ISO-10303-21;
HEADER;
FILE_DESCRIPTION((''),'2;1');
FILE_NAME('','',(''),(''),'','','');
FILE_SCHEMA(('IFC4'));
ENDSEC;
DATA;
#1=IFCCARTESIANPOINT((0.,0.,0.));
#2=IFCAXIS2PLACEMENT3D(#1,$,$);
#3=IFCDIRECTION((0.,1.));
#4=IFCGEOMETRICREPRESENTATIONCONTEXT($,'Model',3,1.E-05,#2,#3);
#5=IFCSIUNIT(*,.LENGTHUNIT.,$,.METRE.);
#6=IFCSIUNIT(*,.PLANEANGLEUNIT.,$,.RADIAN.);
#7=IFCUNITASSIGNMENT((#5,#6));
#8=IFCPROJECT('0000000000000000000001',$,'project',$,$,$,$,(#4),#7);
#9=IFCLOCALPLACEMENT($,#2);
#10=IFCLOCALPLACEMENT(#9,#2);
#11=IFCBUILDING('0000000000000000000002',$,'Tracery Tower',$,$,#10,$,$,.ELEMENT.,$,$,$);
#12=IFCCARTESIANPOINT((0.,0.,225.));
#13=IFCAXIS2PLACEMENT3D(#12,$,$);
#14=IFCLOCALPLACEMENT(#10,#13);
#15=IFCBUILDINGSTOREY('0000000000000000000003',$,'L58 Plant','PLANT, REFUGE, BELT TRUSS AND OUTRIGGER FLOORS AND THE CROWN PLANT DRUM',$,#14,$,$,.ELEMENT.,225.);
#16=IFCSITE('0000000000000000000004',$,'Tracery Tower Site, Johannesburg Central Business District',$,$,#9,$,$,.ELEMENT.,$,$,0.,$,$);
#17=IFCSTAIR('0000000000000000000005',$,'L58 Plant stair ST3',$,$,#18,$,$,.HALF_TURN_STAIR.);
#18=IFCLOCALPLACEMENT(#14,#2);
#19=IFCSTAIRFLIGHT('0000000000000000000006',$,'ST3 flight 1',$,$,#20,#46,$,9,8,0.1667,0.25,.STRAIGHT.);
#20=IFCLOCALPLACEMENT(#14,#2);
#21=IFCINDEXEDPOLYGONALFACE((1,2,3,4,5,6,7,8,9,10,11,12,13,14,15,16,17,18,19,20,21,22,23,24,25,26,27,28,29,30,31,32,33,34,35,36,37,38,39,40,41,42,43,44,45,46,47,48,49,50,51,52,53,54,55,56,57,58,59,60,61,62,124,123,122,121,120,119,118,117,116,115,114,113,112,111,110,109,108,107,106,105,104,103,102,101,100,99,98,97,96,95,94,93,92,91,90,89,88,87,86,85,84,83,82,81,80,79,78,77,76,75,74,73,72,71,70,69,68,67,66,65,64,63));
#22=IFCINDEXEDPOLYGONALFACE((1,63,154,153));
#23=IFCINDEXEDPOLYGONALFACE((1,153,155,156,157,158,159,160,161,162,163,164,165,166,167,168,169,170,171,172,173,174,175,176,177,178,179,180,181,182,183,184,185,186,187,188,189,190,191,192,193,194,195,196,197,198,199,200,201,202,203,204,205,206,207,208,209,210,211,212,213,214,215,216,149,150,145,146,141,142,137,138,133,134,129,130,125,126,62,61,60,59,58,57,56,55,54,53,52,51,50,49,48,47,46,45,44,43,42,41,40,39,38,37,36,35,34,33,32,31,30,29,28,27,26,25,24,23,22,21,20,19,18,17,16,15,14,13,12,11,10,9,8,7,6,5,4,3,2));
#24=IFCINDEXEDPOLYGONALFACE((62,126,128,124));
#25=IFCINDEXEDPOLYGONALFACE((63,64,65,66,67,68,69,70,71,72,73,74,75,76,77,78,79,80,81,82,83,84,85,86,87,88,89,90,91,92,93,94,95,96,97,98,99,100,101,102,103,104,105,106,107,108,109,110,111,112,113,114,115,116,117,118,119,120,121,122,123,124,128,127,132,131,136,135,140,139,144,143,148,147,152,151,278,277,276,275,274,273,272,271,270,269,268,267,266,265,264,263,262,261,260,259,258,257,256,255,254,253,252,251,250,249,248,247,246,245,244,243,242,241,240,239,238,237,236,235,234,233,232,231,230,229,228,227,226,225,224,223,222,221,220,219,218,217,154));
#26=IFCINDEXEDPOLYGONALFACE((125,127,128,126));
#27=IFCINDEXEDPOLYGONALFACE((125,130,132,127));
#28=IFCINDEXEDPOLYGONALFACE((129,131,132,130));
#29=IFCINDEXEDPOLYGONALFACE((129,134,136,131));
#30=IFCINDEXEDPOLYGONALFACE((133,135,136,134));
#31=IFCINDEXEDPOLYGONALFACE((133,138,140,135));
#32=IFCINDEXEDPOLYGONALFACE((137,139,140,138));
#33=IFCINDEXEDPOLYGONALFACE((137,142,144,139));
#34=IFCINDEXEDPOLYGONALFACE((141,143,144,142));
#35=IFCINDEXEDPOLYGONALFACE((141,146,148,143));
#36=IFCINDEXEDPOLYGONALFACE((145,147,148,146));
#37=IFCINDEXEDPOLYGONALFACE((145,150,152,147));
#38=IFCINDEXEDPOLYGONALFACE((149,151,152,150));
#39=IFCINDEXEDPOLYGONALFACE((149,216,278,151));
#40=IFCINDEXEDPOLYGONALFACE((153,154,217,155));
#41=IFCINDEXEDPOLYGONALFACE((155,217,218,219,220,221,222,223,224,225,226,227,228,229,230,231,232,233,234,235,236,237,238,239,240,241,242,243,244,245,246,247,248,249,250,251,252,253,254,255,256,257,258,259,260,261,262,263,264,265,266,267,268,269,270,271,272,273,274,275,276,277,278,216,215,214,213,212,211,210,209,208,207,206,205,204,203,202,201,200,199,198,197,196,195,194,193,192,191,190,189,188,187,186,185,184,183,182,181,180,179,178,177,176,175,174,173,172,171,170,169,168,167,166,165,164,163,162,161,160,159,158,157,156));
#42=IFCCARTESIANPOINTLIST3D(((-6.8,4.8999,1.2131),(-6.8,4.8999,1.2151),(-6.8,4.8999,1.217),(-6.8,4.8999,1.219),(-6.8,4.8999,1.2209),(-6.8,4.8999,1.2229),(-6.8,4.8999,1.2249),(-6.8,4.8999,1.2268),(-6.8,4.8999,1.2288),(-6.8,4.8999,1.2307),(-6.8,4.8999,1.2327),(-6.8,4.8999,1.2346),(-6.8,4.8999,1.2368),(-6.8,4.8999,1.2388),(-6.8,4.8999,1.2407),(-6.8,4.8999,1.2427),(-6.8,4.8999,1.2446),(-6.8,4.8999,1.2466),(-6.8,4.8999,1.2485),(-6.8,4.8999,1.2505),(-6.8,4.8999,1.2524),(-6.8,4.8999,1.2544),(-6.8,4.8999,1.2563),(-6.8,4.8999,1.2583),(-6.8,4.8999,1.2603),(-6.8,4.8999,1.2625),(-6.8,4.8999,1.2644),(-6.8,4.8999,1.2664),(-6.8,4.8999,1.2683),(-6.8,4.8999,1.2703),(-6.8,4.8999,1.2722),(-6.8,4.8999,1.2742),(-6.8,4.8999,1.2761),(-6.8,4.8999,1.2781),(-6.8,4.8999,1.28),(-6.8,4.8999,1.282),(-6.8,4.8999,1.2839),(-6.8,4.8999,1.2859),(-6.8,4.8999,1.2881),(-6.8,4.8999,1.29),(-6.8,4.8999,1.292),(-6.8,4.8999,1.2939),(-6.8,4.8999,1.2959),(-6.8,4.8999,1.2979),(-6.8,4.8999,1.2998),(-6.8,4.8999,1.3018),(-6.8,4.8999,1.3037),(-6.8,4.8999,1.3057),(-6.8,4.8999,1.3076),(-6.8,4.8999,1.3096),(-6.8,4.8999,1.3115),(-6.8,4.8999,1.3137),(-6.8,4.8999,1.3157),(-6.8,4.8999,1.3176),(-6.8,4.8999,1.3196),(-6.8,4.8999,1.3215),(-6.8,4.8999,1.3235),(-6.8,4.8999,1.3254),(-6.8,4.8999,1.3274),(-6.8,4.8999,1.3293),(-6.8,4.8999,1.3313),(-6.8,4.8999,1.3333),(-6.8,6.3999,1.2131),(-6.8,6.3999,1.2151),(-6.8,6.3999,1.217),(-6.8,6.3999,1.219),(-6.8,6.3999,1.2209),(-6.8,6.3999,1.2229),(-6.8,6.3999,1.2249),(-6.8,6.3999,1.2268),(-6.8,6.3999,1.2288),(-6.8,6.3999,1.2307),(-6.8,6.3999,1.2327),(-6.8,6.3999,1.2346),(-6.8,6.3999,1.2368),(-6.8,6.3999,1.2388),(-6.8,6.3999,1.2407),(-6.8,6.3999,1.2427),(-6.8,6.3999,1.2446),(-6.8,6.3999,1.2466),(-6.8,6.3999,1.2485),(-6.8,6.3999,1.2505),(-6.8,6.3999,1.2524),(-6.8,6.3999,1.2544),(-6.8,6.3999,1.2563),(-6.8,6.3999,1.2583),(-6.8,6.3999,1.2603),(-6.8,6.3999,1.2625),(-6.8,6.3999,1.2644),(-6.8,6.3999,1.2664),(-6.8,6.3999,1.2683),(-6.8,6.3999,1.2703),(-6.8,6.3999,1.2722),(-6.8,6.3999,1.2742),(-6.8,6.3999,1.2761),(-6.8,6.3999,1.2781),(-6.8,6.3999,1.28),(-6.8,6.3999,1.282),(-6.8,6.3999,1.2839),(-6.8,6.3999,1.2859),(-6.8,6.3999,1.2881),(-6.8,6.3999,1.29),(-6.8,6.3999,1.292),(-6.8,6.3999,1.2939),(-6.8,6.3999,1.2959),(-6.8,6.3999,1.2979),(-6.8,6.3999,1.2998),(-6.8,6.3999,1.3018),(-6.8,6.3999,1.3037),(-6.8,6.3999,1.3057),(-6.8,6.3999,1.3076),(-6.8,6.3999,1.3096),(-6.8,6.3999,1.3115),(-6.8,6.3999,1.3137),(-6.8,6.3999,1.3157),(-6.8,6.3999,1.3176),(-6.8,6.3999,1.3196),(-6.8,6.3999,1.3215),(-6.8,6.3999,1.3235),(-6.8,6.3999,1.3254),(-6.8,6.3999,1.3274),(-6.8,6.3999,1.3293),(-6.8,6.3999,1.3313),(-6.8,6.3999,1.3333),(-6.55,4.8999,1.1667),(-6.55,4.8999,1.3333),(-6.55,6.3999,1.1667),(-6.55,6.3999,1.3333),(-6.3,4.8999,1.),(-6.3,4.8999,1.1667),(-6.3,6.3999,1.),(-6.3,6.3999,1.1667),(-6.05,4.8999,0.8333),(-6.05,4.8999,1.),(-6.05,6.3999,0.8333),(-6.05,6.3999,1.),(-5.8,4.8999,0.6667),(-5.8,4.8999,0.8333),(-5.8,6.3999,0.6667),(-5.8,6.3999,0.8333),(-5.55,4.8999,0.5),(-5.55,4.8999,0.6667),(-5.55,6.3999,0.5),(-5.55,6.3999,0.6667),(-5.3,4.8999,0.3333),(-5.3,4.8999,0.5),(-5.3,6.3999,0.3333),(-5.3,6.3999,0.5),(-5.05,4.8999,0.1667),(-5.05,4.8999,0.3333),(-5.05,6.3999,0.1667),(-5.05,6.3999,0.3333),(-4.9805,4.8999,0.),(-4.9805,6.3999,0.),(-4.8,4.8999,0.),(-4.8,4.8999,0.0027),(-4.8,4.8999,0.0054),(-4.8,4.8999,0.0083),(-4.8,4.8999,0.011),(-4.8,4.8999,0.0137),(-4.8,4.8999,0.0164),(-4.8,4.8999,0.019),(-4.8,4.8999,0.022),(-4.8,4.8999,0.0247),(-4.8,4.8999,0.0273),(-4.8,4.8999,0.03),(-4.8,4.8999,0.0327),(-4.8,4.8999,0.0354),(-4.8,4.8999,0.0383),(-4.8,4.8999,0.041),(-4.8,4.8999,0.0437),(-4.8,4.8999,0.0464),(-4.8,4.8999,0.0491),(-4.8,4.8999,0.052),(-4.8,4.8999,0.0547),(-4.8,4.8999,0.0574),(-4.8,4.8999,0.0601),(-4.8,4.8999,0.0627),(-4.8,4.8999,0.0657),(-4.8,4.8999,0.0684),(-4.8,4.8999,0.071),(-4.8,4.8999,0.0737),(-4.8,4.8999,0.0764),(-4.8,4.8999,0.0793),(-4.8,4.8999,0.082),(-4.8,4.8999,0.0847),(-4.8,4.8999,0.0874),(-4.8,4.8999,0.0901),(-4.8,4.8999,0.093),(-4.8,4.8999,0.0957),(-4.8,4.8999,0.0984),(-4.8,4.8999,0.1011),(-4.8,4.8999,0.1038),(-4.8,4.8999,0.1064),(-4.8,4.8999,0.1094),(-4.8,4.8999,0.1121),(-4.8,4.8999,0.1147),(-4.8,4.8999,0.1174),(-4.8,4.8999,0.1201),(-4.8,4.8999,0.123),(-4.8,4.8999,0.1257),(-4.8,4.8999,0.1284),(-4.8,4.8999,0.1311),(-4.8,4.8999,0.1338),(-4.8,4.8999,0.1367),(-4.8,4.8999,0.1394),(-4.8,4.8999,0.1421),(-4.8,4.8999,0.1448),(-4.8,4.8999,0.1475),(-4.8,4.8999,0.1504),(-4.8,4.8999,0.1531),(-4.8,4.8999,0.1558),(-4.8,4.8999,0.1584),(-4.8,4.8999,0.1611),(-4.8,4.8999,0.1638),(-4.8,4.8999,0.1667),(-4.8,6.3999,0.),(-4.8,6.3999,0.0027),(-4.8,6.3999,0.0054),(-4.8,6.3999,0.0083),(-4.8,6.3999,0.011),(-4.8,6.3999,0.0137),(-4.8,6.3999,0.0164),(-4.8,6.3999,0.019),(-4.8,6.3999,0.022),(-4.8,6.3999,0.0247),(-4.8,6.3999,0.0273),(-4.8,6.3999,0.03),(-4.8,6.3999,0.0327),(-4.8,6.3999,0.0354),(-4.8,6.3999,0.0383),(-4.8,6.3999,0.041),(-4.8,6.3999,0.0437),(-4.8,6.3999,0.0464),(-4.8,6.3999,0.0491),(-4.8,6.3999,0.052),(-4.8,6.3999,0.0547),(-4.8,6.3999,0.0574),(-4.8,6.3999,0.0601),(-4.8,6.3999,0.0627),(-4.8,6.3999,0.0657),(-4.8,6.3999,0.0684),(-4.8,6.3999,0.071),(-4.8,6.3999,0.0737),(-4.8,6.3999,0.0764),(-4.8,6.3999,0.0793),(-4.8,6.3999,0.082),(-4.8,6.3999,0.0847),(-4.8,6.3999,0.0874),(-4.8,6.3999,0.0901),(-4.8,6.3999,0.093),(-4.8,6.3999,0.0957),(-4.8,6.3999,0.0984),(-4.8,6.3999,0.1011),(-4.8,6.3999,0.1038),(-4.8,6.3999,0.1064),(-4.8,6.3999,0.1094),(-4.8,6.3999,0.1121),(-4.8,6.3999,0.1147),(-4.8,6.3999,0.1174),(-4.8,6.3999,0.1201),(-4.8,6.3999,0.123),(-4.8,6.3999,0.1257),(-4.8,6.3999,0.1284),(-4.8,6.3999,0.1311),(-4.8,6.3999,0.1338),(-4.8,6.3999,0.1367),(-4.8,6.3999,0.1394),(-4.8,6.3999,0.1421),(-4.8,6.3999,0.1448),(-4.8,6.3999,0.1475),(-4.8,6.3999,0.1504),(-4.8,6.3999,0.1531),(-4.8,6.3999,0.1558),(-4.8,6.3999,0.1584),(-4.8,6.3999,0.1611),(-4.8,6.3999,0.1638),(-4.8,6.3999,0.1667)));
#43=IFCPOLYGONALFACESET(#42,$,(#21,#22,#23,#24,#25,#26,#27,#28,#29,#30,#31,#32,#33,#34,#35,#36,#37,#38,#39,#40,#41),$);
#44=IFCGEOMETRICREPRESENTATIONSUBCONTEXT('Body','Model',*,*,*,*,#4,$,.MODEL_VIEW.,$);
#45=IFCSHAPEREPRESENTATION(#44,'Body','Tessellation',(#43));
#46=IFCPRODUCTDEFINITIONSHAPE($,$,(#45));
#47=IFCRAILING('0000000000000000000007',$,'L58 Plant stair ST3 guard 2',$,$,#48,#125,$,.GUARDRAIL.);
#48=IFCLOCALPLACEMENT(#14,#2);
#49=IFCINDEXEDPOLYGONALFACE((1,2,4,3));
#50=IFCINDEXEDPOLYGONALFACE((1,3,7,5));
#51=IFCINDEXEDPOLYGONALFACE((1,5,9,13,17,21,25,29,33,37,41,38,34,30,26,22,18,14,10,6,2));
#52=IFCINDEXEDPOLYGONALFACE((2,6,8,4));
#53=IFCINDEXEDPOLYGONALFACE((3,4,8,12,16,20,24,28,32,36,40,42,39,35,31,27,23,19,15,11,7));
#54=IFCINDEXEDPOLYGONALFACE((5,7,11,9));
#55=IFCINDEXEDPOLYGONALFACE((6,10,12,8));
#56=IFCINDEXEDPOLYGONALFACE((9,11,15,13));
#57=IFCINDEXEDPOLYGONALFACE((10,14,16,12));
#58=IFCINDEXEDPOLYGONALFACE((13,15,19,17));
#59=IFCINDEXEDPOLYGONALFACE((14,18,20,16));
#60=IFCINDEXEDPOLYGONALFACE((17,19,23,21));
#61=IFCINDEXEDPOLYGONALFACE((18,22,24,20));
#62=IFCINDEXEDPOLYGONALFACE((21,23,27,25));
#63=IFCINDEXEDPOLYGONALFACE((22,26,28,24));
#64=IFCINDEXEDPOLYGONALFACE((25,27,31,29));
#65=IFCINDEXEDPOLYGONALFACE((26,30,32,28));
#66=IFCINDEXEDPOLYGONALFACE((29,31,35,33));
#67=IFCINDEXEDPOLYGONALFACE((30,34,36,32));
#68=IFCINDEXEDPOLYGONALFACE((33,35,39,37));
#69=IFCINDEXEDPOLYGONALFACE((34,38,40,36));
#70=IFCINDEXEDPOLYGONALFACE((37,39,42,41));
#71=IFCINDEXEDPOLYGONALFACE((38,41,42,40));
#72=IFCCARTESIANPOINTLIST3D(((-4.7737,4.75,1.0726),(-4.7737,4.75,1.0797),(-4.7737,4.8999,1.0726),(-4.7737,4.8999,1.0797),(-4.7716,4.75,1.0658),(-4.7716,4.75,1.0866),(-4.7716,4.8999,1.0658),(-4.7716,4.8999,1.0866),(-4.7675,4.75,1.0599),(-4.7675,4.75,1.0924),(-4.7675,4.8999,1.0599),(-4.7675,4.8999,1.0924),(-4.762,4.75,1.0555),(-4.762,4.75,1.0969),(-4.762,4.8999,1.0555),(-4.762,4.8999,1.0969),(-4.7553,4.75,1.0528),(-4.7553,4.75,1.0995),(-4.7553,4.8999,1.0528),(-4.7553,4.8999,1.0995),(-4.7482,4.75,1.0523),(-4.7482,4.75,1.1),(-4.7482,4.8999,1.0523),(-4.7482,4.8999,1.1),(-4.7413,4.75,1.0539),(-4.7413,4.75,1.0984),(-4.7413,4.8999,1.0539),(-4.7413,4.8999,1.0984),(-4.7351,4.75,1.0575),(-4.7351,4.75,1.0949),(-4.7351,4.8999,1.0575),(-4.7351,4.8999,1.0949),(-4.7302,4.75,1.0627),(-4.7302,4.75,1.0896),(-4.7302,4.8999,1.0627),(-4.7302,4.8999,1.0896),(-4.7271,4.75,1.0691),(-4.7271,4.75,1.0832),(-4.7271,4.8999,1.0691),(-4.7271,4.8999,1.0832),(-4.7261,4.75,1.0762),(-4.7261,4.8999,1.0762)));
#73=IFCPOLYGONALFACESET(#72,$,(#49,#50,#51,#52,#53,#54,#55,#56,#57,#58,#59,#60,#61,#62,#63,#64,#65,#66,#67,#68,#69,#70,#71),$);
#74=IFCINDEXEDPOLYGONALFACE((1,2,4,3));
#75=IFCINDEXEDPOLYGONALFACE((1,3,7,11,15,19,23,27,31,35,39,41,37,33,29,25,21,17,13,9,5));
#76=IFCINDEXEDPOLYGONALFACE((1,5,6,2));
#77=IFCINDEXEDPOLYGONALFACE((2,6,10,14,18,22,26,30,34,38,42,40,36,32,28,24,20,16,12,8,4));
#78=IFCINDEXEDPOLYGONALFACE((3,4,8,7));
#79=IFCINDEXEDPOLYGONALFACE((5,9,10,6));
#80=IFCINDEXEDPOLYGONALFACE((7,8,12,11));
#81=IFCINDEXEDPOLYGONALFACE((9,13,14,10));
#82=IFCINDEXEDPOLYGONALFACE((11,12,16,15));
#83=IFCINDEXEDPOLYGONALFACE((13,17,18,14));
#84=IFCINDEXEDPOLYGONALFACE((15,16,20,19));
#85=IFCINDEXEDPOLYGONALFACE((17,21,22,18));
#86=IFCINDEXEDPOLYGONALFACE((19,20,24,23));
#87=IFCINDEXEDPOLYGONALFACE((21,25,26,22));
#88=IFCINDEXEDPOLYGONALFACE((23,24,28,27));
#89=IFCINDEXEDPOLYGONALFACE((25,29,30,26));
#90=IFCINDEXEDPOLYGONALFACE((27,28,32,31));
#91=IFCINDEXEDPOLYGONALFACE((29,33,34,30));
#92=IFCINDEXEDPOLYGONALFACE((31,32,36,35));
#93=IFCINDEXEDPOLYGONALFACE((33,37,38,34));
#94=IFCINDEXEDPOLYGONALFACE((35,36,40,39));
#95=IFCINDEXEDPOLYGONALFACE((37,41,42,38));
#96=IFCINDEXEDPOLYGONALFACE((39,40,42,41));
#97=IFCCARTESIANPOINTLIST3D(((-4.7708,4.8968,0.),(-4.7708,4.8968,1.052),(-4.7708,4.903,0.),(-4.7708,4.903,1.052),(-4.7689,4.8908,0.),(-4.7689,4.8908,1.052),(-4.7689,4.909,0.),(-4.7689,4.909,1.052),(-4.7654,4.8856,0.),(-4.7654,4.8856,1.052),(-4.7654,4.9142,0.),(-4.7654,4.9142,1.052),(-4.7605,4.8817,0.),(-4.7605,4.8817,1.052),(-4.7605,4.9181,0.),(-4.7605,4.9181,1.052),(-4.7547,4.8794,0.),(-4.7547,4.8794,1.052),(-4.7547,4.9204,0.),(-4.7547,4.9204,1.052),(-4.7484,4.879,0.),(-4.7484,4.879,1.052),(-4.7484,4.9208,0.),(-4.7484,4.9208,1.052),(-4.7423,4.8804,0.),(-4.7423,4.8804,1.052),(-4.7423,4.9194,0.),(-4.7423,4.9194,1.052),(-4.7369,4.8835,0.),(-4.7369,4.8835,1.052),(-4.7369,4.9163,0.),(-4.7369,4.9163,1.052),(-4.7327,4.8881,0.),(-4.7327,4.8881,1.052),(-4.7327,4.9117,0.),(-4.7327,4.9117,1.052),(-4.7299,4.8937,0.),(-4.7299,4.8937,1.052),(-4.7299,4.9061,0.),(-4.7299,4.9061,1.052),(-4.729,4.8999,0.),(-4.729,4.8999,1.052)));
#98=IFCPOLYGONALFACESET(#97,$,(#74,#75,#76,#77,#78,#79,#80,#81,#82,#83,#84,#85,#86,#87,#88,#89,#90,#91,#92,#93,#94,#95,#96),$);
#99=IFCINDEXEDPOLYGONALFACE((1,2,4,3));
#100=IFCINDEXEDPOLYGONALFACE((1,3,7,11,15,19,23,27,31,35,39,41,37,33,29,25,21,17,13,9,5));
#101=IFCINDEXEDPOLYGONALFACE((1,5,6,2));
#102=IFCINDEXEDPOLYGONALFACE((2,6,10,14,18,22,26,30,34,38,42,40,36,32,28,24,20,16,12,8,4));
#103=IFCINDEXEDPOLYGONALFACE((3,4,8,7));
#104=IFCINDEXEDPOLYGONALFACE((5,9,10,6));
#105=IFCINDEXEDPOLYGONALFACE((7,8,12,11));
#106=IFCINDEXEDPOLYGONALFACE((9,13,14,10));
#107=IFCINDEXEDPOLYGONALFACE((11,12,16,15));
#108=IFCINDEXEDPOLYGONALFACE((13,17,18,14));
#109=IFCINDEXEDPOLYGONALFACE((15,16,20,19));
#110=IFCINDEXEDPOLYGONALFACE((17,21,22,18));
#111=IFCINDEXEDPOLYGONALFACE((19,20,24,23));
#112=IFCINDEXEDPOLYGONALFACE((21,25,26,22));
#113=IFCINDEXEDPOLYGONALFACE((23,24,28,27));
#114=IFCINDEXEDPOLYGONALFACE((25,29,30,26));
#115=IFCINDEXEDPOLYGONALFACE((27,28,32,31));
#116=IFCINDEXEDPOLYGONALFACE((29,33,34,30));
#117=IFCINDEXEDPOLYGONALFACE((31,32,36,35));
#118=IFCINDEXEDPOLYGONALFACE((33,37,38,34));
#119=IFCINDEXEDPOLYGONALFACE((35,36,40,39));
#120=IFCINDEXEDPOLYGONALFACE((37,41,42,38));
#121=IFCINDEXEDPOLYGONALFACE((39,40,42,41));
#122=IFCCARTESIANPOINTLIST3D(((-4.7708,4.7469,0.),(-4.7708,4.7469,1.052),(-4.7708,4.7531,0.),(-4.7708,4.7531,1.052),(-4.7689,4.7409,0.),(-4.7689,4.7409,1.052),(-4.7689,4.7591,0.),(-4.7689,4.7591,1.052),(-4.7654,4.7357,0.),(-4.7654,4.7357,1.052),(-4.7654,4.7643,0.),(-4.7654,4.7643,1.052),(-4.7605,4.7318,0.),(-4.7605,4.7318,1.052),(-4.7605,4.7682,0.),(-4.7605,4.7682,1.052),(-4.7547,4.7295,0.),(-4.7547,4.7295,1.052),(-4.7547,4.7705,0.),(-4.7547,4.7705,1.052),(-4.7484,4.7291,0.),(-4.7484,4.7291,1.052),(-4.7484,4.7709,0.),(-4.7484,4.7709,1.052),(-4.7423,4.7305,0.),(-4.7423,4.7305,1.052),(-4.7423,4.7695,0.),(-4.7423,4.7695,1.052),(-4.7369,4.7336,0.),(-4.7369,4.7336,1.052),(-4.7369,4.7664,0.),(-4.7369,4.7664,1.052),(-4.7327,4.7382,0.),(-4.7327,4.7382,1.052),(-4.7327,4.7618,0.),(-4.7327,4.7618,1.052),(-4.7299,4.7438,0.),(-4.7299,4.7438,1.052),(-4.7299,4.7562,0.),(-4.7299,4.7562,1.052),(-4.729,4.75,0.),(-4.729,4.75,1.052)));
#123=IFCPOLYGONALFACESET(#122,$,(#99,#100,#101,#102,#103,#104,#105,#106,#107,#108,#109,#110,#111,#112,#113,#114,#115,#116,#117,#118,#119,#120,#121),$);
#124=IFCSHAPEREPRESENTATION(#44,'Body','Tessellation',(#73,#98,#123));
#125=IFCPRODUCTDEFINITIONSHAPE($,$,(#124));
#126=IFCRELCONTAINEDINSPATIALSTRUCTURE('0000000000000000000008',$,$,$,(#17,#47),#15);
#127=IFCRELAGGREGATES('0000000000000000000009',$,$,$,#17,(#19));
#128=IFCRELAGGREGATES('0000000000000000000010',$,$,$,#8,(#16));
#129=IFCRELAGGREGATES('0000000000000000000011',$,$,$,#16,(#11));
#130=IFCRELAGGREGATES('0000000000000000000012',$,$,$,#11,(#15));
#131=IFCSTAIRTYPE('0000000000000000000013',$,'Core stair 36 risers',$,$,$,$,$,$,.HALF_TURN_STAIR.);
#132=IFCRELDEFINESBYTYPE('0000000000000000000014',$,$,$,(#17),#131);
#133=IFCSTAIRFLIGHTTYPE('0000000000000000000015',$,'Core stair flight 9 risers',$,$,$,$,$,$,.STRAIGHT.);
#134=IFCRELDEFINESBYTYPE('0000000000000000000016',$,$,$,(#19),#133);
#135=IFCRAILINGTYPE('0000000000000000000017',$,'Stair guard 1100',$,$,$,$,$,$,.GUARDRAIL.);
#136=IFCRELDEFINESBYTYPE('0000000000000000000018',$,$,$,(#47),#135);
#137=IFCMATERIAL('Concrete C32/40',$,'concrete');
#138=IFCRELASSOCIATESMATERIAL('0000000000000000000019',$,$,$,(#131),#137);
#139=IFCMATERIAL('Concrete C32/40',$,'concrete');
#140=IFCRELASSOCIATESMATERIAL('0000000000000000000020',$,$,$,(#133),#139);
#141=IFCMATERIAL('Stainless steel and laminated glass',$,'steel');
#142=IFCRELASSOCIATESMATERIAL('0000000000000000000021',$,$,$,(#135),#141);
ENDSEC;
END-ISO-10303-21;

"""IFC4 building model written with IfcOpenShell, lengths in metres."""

from ifc_helpers import new_model, si_unit, direction, frame, origin, origin_2d, place, context, subcontext, project, spatial, polyline, circle, outline, extrude, material, type_object, element, aggregate, save


model = new_model("IFC4")

# Units and contexts
model_context = context("Model", 3, precision=1e-05, world=origin(), true_north=direction((0.0, 1.0)))
body_context = subcontext(model_context, "Body", "Model", "MODEL_VIEW")
ifc_project = project(units=[si_unit("LENGTHUNIT", "METRE"), si_unit("PLANEANGLEUNIT", "RADIAN")], contexts=[model_context])

# Site, building, storey
site_placement = place(None, origin())
site = spatial("IfcSite", under=ifc_project, at=site_placement, Name="Tracery Tower Site, Johannesburg Central Business District", CompositionType="ELEMENT", RefElevation=0.0)
building_placement = place(site_placement, origin())
building = spatial("IfcBuilding", under=site, at=building_placement, Name="Tracery Tower", CompositionType="ELEMENT")
storey_placement = place(building_placement, frame((0.0, 0.0, 225.0)))
storey = spatial("IfcBuildingStorey", under=building, at=storey_placement, Name="L58 Plant", Description="PLANT, REFUGE, BELT TRUSS AND OUTRIGGER FLOORS AND THE CROWN PLANT DRUM", CompositionType="ELEMENT", Elevation=225.0)

# Stair, stair flight
ifc_material_1 = material(Name="Concrete C32/40", Category="concrete")
stair_type = type_object("IfcStairType", Name="Core stair 36 risers", PredefinedType="HALF_TURN_STAIR", material=ifc_material_1)
stair_placement = place(storey_placement, origin())
stair = element("IfcStair", 1, at=stair_placement, inside=storey, type_object=stair_type, Name="L58 Plant stair ST3", PredefinedType="HALF_TURN_STAIR")
ifc_material_2 = material(Name="Concrete C32/40", Category="concrete")
stair_flight_type = type_object("IfcStairFlightType", Name="Core stair flight 9 risers", PredefinedType="STRAIGHT", material=ifc_material_2)
stair_flight_1_placement = place(storey_placement, frame((-4.8, 5.6499, 0.0), z_axis=(0.0, 0.0, 1.0), x_axis=(-1.0, 0.0, 0.0)))
stair_flight_1 = element("IfcStairFlight", 2, at=stair_flight_1_placement, type_object=stair_flight_type, Name="ST3 flight 1", NumberOfRisers=9, NumberOfTreads=8, PredefinedType="STRAIGHT", RiserHeight=0.1667, TreadLength=0.25, context=body_context, shape_type="SweptSolid", body=[
    extrude(outline(polyline([(0.0, 0.0), (0.0, 0.0027), (0.0, 0.0054), (0.0, 0.0083), (0.0, 0.011), (0.0, 0.0137), (0.0, 0.0164), (0.0, 0.019), (0.0, 0.022), (0.0, 0.0247), (0.0, 0.0273), (0.0, 0.03), (0.0, 0.0327), (0.0, 0.0354), (0.0, 0.0383), (0.0, 0.041), (0.0, 0.0437), (0.0, 0.0464), (0.0, 0.0491), (0.0, 0.052), (0.0, 0.0547), (0.0, 0.0574), (0.0, 0.0601), (0.0, 0.0627), (0.0, 0.0657), (0.0, 0.0684), (0.0, 0.071), (0.0, 0.0737), (0.0, 0.0764), (0.0, 0.0793), (0.0, 0.082), (0.0, 0.0847), (0.0, 0.0874), (0.0, 0.0901), (0.0, 0.093), (0.0, 0.0957), (0.0, 0.0984), (0.0, 0.1011), (0.0, 0.1038), (0.0, 0.1064), (0.0, 0.1094), (0.0, 0.1121), (0.0, 0.1147), (0.0, 0.1174), (0.0, 0.1201), (0.0, 0.123), (0.0, 0.1257), (0.0, 0.1284), (0.0, 0.1311), (0.0, 0.1338), (0.0, 0.1367), (0.0, 0.1394), (0.0, 0.1421), (0.0, 0.1448), (0.0, 0.1475), (0.0, 0.1504), (0.0, 0.1531), (0.0, 0.1558), (0.0, 0.1584), (0.0, 0.1611), (0.0, 0.1638), (0.0, 0.1667), (0.25, 0.1667), (0.25, 0.3333), (0.5, 0.3333), (0.5, 0.5), (0.75, 0.5), (0.75, 0.6667), (1.0, 0.6667), (1.0, 0.8333), (1.25, 0.8333), (1.25, 1.0), (1.5, 1.0), (1.5, 1.1667), (1.75, 1.1667), (1.75, 1.3333), (2.0, 1.3333), (2.0, 1.3313), (2.0, 1.3293), (2.0, 1.3274), (2.0, 1.3254), (2.0, 1.3235), (2.0, 1.3215), (2.0, 1.3196), (2.0, 1.3176), (2.0, 1.3157), (2.0, 1.3137), (2.0, 1.3115), (2.0, 1.3096), (2.0, 1.3076), (2.0, 1.3057), (2.0, 1.3037), (2.0, 1.3018), (2.0, 1.2998), (2.0, 1.2979), (2.0, 1.2959), (2.0, 1.2939), (2.0, 1.292), (2.0, 1.29), (2.0, 1.2881), (2.0, 1.2859), (2.0, 1.2839), (2.0, 1.282), (2.0, 1.28), (2.0, 1.2781), (2.0, 1.2761), (2.0, 1.2742), (2.0, 1.2722), (2.0, 1.2703), (2.0, 1.2683), (2.0, 1.2664), (2.0, 1.2644), (2.0, 1.2625), (2.0, 1.2603), (2.0, 1.2583), (2.0, 1.2563), (2.0, 1.2544), (2.0, 1.2524), (2.0, 1.2505), (2.0, 1.2485), (2.0, 1.2466), (2.0, 1.2446), (2.0, 1.2427), (2.0, 1.2407), (2.0, 1.2388), (2.0, 1.2368), (2.0, 1.2346), (2.0, 1.2327), (2.0, 1.2307), (2.0, 1.2288), (2.0, 1.2268), (2.0, 1.2249), (2.0, 1.2229), (2.0, 1.2209), (2.0, 1.219), (2.0, 1.217), (2.0, 1.2151), (2.0, 1.2131), (0.1804, 0.0), (0.0, 0.0)])), frame((0.0, 0.75, 0.0), z_axis=(0.0, -1.0, 0.0), x_axis=(1.0, 0.0, 0.0)), (0.0, 0.0, 1.0), 1.5),
])
aggregate(stair, [stair_flight_1])

# Railing
ifc_material_3 = material(Name="Stainless steel and laminated glass", Category="steel")
railing_type_1 = type_object("IfcRailingType", Name="Stair guard 1100", PredefinedType="GUARDRAIL", material=ifc_material_3)
railing_1_placement = place(storey_placement, frame((-4.75, 4.8999, 0.0)))
element("IfcRailing", 3, at=railing_1_placement, inside=storey, type_object=railing_type_1, Name="L58 Plant stair ST3 guard 2", PredefinedType="GUARDRAIL", context=body_context, shape_type="SweptSolid", body=[
    extrude(circle(Radius=0.0239, at=origin_2d()), frame((0.0, 0.0, 1.0762), z_axis=(0.0, -1.0, 0.0), x_axis=(1.0, 0.0, 0.0)), (0.0, 0.0, 1.0), 0.1499),
    extrude(circle(Radius=0.021, at=origin_2d()), origin(), (0.0, 0.0, 1.0), 1.052),
    extrude(circle(Radius=0.021, at=origin_2d()), frame((0.0, -0.1499, 0.0)), (0.0, 0.0, 1.0), 1.052),
])

save(model, "model.ifc")
